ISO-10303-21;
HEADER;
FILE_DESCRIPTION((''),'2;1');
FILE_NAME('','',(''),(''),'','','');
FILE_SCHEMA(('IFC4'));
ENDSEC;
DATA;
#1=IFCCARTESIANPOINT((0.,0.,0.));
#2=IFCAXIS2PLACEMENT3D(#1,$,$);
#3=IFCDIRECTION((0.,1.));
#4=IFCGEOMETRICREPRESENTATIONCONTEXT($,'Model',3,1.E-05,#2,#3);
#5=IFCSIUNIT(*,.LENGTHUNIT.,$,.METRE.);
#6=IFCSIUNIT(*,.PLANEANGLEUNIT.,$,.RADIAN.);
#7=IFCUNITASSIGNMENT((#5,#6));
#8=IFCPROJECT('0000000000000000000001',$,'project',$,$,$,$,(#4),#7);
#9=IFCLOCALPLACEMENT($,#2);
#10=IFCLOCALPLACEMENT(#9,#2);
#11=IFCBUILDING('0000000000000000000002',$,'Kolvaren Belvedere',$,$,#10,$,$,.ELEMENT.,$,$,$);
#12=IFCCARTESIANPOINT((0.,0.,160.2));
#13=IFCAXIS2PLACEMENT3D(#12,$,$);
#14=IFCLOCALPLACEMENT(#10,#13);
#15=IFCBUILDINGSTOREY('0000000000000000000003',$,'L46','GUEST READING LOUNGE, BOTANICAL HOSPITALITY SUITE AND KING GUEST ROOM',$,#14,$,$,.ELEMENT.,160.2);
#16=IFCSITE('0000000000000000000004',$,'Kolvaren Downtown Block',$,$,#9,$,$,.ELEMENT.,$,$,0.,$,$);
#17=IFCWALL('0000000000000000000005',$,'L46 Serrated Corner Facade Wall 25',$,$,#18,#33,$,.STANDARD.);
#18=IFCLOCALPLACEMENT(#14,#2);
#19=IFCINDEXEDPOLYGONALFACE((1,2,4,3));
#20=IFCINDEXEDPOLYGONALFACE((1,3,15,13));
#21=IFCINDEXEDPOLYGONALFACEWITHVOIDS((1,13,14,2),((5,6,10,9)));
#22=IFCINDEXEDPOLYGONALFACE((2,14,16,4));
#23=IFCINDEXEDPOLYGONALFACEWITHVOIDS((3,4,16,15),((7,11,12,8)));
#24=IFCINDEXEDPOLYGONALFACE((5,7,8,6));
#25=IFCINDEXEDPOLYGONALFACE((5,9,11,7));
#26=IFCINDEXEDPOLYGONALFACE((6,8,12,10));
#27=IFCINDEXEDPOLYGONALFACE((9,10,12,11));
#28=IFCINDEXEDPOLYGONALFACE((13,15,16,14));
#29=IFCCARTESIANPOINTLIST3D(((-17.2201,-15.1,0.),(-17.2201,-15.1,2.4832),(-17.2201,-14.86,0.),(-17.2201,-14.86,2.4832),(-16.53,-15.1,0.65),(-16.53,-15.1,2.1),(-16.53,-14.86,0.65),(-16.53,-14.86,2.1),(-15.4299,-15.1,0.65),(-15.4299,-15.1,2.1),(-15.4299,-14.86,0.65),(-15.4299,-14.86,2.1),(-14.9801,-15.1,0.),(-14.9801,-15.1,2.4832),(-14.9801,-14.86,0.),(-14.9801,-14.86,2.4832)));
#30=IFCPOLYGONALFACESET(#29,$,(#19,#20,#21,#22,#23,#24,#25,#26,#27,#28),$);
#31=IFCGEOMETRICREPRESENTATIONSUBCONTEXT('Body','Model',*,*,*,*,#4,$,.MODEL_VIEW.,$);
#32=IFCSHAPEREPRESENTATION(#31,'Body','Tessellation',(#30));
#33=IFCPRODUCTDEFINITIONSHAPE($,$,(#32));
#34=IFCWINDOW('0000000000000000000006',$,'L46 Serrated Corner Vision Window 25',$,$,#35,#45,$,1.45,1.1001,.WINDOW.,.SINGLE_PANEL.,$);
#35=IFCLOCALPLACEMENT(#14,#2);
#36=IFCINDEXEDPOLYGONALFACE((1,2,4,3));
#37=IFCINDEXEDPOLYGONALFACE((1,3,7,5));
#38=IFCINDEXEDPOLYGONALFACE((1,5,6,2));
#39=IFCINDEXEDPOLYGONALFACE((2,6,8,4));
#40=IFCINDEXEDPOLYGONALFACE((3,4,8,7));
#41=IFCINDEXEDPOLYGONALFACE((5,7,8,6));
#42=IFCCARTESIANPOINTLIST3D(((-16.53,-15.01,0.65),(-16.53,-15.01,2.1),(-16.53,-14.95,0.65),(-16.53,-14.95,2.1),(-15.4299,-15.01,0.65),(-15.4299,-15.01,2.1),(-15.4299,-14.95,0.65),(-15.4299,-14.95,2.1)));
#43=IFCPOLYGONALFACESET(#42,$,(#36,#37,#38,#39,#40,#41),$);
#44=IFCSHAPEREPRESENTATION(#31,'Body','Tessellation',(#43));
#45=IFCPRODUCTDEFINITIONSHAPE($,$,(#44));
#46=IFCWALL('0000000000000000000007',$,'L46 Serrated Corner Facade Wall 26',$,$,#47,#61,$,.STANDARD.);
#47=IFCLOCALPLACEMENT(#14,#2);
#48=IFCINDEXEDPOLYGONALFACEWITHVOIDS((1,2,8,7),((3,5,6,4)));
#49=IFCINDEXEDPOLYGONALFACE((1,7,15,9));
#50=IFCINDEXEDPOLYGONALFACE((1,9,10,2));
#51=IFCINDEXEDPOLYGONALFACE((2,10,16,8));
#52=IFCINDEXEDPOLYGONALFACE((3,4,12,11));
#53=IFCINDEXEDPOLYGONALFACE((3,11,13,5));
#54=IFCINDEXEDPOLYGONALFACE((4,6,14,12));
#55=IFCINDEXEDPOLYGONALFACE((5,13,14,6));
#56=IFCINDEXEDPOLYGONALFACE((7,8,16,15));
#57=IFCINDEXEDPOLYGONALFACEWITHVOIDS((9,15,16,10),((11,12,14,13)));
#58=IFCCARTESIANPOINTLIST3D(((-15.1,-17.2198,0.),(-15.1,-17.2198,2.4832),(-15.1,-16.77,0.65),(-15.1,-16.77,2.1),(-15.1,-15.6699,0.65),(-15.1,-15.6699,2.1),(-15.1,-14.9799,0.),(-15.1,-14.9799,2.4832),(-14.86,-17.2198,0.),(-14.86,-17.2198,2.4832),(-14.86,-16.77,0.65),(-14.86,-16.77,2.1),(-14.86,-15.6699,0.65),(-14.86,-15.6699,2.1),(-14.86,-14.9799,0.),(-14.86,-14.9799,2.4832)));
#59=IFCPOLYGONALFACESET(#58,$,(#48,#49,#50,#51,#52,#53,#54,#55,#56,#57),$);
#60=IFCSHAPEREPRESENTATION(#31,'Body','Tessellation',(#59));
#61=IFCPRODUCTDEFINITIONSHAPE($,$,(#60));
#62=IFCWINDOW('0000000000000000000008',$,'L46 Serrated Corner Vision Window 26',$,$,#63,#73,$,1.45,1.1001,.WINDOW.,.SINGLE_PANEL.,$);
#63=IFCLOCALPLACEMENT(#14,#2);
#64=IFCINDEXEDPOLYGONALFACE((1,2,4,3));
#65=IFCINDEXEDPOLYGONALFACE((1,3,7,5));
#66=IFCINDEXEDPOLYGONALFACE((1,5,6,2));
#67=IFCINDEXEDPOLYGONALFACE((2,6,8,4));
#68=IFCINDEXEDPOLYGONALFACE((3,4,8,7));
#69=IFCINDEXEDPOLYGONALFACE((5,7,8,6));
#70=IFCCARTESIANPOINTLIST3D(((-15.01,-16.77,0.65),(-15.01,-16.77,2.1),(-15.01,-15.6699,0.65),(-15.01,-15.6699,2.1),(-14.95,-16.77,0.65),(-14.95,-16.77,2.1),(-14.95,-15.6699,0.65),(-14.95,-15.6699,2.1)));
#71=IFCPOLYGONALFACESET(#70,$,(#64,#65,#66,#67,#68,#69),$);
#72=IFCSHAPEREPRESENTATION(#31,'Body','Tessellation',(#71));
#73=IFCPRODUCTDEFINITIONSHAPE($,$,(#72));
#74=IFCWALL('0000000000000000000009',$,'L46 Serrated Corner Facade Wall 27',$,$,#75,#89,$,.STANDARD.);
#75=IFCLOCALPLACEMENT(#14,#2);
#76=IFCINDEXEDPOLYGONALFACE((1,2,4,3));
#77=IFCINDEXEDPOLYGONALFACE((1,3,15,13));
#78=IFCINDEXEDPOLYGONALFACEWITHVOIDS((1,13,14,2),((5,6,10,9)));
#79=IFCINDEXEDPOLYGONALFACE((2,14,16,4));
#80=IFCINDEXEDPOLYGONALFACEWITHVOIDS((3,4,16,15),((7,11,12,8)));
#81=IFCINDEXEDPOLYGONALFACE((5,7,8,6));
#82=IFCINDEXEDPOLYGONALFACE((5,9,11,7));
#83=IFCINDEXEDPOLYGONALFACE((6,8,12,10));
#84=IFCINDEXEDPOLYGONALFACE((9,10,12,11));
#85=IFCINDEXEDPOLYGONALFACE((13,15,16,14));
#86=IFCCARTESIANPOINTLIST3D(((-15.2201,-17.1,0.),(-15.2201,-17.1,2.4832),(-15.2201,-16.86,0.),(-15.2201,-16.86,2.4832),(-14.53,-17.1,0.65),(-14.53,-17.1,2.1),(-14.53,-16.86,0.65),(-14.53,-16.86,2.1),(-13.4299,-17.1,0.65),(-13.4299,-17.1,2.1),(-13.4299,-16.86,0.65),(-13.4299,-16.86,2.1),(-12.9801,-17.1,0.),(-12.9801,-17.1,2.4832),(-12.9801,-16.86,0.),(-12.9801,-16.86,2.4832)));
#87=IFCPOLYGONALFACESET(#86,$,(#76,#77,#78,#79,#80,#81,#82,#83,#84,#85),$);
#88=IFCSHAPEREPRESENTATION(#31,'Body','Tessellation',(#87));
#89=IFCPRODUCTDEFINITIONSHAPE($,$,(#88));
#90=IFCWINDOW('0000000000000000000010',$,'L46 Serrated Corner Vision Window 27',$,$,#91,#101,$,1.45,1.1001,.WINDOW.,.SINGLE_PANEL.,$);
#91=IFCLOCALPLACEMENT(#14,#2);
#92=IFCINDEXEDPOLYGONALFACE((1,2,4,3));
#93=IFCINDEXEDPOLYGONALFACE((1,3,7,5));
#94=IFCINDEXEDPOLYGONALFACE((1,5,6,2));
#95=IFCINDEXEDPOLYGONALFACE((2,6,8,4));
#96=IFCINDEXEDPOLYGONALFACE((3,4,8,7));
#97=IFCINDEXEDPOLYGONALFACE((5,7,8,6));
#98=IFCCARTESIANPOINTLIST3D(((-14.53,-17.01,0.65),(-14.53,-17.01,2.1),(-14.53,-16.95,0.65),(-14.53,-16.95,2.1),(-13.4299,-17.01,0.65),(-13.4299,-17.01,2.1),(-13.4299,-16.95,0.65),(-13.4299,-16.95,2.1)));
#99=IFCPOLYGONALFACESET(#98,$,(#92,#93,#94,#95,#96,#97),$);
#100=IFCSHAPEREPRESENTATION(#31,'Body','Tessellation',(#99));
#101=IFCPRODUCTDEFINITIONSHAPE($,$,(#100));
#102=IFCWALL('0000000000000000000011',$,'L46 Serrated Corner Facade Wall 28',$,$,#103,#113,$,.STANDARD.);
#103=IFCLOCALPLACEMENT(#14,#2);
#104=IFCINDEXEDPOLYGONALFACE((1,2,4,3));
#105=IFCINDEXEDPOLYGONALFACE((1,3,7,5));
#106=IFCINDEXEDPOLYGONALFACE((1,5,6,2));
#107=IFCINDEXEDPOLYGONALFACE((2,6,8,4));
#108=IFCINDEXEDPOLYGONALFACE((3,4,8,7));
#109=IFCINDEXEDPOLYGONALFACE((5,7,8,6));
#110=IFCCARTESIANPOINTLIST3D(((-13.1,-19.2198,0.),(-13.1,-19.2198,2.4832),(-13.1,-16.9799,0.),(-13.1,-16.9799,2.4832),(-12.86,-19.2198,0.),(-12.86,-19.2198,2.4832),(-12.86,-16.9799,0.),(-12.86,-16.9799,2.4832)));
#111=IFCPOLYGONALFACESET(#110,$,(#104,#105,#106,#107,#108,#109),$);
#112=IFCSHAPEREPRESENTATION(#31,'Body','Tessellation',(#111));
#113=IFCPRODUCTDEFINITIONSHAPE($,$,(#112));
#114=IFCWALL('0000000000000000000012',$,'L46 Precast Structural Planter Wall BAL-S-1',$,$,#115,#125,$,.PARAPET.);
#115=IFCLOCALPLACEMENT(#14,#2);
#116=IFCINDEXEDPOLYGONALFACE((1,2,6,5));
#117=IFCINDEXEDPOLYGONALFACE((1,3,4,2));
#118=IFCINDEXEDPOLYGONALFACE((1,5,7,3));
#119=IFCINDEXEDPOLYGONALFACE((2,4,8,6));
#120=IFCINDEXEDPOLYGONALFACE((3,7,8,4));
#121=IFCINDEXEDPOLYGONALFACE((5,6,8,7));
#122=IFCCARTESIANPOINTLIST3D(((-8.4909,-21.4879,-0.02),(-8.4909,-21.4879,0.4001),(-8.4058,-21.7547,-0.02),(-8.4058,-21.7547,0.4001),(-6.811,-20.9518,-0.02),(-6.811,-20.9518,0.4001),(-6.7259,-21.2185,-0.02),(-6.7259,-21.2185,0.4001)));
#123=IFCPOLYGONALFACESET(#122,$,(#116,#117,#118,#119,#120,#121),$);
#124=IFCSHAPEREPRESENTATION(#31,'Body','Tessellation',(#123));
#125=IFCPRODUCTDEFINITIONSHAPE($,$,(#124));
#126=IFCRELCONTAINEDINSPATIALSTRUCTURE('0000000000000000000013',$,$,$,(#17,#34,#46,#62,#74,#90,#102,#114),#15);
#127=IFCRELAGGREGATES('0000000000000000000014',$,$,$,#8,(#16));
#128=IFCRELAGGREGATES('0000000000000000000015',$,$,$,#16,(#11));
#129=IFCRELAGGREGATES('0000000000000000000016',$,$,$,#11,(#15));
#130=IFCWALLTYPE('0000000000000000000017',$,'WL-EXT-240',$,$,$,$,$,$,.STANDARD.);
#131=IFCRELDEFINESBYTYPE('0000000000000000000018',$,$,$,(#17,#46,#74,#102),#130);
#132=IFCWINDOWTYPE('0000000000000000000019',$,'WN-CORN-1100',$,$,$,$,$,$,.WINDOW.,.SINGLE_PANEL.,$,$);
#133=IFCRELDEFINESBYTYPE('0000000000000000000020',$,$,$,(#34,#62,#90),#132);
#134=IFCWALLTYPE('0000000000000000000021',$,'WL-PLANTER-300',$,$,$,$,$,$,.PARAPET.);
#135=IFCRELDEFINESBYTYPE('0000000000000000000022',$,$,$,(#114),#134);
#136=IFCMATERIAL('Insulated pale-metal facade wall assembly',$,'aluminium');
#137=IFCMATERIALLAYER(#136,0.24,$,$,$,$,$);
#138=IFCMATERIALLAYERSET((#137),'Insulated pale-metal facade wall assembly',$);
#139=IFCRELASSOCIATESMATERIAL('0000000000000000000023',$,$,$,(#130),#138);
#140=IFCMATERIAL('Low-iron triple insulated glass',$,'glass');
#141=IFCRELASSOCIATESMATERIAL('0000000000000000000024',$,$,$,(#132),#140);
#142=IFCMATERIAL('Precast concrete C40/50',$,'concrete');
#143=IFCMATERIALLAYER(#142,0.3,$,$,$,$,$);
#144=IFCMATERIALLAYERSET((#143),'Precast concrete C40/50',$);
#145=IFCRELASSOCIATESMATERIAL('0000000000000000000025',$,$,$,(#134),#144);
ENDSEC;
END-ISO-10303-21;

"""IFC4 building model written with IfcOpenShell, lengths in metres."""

from ifc_helpers import new_model, si_unit, direction, frame, frame_2d, origin, place, context, subcontext, project, spatial, rectangle, extrude, material, layer, layer_set, type_object, element, fill, save


model = new_model("IFC4")

# Units and contexts
model_context = context("Model", 3, precision=1e-05, world=origin(), true_north=direction((0.0, 1.0)))
body_context = subcontext(model_context, "Body", "Model", "MODEL_VIEW")
ifc_project = project(units=[si_unit("LENGTHUNIT", "METRE"), si_unit("PLANEANGLEUNIT", "RADIAN")], contexts=[model_context])

# Site, building, storey
site_placement = place(None, origin())
site = spatial("IfcSite", under=ifc_project, at=site_placement, Name="Kolvaren Downtown Block", CompositionType="ELEMENT", RefElevation=0.0)
building_placement = place(site_placement, origin())
building = spatial("IfcBuilding", under=site, at=building_placement, Name="Kolvaren Belvedere", CompositionType="ELEMENT")
storey_placement = place(building_placement, frame((0.0, 0.0, 160.2)))
storey = spatial("IfcBuildingStorey", under=building, at=storey_placement, Name="L46", Description="GUEST READING LOUNGE, BOTANICAL HOSPITALITY SUITE AND KING GUEST ROOM", CompositionType="ELEMENT", Elevation=160.2)

# Walls, openings, windows
ifc_material_1 = material(Name="Insulated pale-metal facade wall assembly", Category="aluminium")
ifc_layer_1 = layer(ifc_material_1, 0.24)
ifc_layer_set_1 = layer_set([ifc_layer_1], Name="Insulated pale-metal facade wall assembly")
wall_type_1 = type_object("IfcWallType", Name="WL-EXT-240", PredefinedType="STANDARD", material=ifc_layer_set_1)
ifc_material_2 = material(Name="Low-iron triple insulated glass", Category="glass")
window_type = type_object("IfcWindowType", Name="WN-CORN-1100", PartitioningType="SINGLE_PANEL", PredefinedType="WINDOW", material=ifc_material_2)
wall_1_placement = place(storey_placement, frame((-14.98, -14.98, 0.0), z_axis=(0.0, 0.0, 1.0), x_axis=(-1.0, 0.0, 0.0)))
wall_1 = element("IfcWall", 1, at=wall_1_placement, inside=storey, type_object=wall_type_1, Name="L46 Serrated Corner Facade Wall 25", PredefinedType="STANDARD", context=body_context, shape_type="SweptSolid", body=[
    extrude(rectangle(XDim=2.24, YDim=0.24, at=frame_2d((1.1201, 0.0))), origin(), (0.0, 0.0, 1.0), 2.4832),
])
opening_1_placement = place(wall_1_placement, frame((0.45, 0.0, 0.6499)))
opening_1 = element("IfcOpeningElement", 2, at=opening_1_placement, cuts=wall_1, PredefinedType="OPENING", context=body_context, shape_type="SweptSolid", body=[
    extrude(rectangle(XDim=1.1001, YDim=1.45, at=frame_2d((0.55, 0.7251))), frame((0.0, 0.1299, 0.0), z_axis=(0.0, -1.0, 0.0), x_axis=(1.0, 0.0, 0.0)), (0.0, 0.0, 1.0), 0.26),
])
window_1_placement = place(opening_1_placement, origin())
window_1 = element("IfcWindow", 3, at=window_1_placement, inside=storey, type_object=window_type, Name="L46 Serrated Corner Vision Window 25", OverallHeight=1.45, OverallWidth=1.1001, PartitioningType="SINGLE_PANEL", PredefinedType="WINDOW", context=body_context, shape_type="SweptSolid", body=[
    extrude(rectangle(XDim=1.1001, YDim=1.45, at=frame_2d((0.55, 0.7251))), frame((0.0, 0.03, 0.0), z_axis=(0.0, -1.0, 0.0), x_axis=(1.0, 0.0, 0.0)), (0.0, 0.0, 1.0), 0.0601),
])
fill(opening_1, window_1)
wall_2_placement = place(storey_placement, frame((-14.98, -17.22, 0.0), z_axis=(0.0, 0.0, 1.0), x_axis=(0.0, 1.0, 0.0)))
wall_2 = element("IfcWall", 4, at=wall_2_placement, inside=storey, type_object=wall_type_1, Name="L46 Serrated Corner Facade Wall 26", PredefinedType="STANDARD", context=body_context, shape_type="SweptSolid", body=[
    extrude(rectangle(XDim=2.24, YDim=0.24, at=frame_2d((1.1201, 0.0))), origin(), (0.0, 0.0, 1.0), 2.4832),
])
opening_2_placement = place(wall_2_placement, frame((0.45, 0.0, 0.6499)))
opening_2 = element("IfcOpeningElement", 5, at=opening_2_placement, cuts=wall_2, PredefinedType="OPENING", context=body_context, shape_type="SweptSolid", body=[
    extrude(rectangle(XDim=1.1001, YDim=1.45, at=frame_2d((0.55, 0.7251))), frame((0.0, 0.1299, 0.0), z_axis=(0.0, -1.0, 0.0), x_axis=(1.0, 0.0, 0.0)), (0.0, 0.0, 1.0), 0.26),
])
window_2_placement = place(opening_2_placement, origin())
window_2 = element("IfcWindow", 6, at=window_2_placement, inside=storey, type_object=window_type, Name="L46 Serrated Corner Vision Window 26", OverallHeight=1.45, OverallWidth=1.1001, PartitioningType="SINGLE_PANEL", PredefinedType="WINDOW", context=body_context, shape_type="SweptSolid", body=[
    extrude(rectangle(XDim=1.1001, YDim=1.45, at=frame_2d((0.55, 0.7251))), frame((0.0, 0.03, 0.0), z_axis=(0.0, -1.0, 0.0), x_axis=(1.0, 0.0, 0.0)), (0.0, 0.0, 1.0), 0.0601),
])
fill(opening_2, window_2)
wall_3_placement = place(storey_placement, frame((-12.98, -16.98, 0.0), z_axis=(0.0, 0.0, 1.0), x_axis=(-1.0, 0.0, 0.0)))
wall_3 = element("IfcWall", 7, at=wall_3_placement, inside=storey, type_object=wall_type_1, Name="L46 Serrated Corner Facade Wall 27", PredefinedType="STANDARD", context=body_context, shape_type="SweptSolid", body=[
    extrude(rectangle(XDim=2.24, YDim=0.24, at=frame_2d((1.1201, 0.0))), origin(), (0.0, 0.0, 1.0), 2.4832),
])
opening_3_placement = place(wall_3_placement, frame((0.45, 0.0, 0.6499)))
opening_3 = element("IfcOpeningElement", 8, at=opening_3_placement, cuts=wall_3, PredefinedType="OPENING", context=body_context, shape_type="SweptSolid", body=[
    extrude(rectangle(XDim=1.1001, YDim=1.45, at=frame_2d((0.55, 0.7251))), frame((0.0, 0.1299, 0.0), z_axis=(0.0, -1.0, 0.0), x_axis=(1.0, 0.0, 0.0)), (0.0, 0.0, 1.0), 0.26),
])
window_3_placement = place(opening_3_placement, origin())
window_3 = element("IfcWindow", 9, at=window_3_placement, inside=storey, type_object=window_type, Name="L46 Serrated Corner Vision Window 27", OverallHeight=1.45, OverallWidth=1.1001, PartitioningType="SINGLE_PANEL", PredefinedType="WINDOW", context=body_context, shape_type="SweptSolid", body=[
    extrude(rectangle(XDim=1.1001, YDim=1.45, at=frame_2d((0.55, 0.7251))), frame((0.0, 0.03, 0.0), z_axis=(0.0, -1.0, 0.0), x_axis=(1.0, 0.0, 0.0)), (0.0, 0.0, 1.0), 0.0601),
])
fill(opening_3, window_3)

# Walls
wall_4_placement = place(storey_placement, frame((-12.98, -19.22, 0.0), z_axis=(0.0, 0.0, 1.0), x_axis=(0.0, 1.0, 0.0)))
element("IfcWall", 10, at=wall_4_placement, inside=storey, type_object=wall_type_1, Name="L46 Serrated Corner Facade Wall 28", PredefinedType="STANDARD", context=body_context, shape_type="SweptSolid", body=[
    extrude(rectangle(XDim=2.24, YDim=0.24, at=frame_2d((1.1201, 0.0))), origin(), (0.0, 0.0, 1.0), 2.4832),
])
ifc_material_3 = material(Name="Precast concrete C40/50", Category="concrete")
ifc_layer_2 = layer(ifc_material_3, 0.3)
ifc_layer_set_2 = layer_set([ifc_layer_2], Name="Precast concrete C40/50")
wall_type_2 = type_object("IfcWallType", Name="WL-PLANTER-300", PredefinedType="PARAPET", material=ifc_layer_set_2)
wall_5_placement = place(storey_placement, frame((-8.4485, -21.6213, -0.02), z_axis=(0.0, 0.0, 1.0), x_axis=(0.952662, 0.304032, 0.0)))
element("IfcWall", 11, at=wall_5_placement, inside=storey, type_object=wall_type_2, Name="L46 Precast Structural Planter Wall BAL-S-1", PredefinedType="PARAPET", context=body_context, shape_type="SweptSolid", body=[
    extrude(rectangle(XDim=1.7634, YDim=0.28, at=frame_2d((0.8818, 0.0))), origin(), (0.0, 0.0, 1.0), 0.4202),
])

save(model, "model.ifc")
